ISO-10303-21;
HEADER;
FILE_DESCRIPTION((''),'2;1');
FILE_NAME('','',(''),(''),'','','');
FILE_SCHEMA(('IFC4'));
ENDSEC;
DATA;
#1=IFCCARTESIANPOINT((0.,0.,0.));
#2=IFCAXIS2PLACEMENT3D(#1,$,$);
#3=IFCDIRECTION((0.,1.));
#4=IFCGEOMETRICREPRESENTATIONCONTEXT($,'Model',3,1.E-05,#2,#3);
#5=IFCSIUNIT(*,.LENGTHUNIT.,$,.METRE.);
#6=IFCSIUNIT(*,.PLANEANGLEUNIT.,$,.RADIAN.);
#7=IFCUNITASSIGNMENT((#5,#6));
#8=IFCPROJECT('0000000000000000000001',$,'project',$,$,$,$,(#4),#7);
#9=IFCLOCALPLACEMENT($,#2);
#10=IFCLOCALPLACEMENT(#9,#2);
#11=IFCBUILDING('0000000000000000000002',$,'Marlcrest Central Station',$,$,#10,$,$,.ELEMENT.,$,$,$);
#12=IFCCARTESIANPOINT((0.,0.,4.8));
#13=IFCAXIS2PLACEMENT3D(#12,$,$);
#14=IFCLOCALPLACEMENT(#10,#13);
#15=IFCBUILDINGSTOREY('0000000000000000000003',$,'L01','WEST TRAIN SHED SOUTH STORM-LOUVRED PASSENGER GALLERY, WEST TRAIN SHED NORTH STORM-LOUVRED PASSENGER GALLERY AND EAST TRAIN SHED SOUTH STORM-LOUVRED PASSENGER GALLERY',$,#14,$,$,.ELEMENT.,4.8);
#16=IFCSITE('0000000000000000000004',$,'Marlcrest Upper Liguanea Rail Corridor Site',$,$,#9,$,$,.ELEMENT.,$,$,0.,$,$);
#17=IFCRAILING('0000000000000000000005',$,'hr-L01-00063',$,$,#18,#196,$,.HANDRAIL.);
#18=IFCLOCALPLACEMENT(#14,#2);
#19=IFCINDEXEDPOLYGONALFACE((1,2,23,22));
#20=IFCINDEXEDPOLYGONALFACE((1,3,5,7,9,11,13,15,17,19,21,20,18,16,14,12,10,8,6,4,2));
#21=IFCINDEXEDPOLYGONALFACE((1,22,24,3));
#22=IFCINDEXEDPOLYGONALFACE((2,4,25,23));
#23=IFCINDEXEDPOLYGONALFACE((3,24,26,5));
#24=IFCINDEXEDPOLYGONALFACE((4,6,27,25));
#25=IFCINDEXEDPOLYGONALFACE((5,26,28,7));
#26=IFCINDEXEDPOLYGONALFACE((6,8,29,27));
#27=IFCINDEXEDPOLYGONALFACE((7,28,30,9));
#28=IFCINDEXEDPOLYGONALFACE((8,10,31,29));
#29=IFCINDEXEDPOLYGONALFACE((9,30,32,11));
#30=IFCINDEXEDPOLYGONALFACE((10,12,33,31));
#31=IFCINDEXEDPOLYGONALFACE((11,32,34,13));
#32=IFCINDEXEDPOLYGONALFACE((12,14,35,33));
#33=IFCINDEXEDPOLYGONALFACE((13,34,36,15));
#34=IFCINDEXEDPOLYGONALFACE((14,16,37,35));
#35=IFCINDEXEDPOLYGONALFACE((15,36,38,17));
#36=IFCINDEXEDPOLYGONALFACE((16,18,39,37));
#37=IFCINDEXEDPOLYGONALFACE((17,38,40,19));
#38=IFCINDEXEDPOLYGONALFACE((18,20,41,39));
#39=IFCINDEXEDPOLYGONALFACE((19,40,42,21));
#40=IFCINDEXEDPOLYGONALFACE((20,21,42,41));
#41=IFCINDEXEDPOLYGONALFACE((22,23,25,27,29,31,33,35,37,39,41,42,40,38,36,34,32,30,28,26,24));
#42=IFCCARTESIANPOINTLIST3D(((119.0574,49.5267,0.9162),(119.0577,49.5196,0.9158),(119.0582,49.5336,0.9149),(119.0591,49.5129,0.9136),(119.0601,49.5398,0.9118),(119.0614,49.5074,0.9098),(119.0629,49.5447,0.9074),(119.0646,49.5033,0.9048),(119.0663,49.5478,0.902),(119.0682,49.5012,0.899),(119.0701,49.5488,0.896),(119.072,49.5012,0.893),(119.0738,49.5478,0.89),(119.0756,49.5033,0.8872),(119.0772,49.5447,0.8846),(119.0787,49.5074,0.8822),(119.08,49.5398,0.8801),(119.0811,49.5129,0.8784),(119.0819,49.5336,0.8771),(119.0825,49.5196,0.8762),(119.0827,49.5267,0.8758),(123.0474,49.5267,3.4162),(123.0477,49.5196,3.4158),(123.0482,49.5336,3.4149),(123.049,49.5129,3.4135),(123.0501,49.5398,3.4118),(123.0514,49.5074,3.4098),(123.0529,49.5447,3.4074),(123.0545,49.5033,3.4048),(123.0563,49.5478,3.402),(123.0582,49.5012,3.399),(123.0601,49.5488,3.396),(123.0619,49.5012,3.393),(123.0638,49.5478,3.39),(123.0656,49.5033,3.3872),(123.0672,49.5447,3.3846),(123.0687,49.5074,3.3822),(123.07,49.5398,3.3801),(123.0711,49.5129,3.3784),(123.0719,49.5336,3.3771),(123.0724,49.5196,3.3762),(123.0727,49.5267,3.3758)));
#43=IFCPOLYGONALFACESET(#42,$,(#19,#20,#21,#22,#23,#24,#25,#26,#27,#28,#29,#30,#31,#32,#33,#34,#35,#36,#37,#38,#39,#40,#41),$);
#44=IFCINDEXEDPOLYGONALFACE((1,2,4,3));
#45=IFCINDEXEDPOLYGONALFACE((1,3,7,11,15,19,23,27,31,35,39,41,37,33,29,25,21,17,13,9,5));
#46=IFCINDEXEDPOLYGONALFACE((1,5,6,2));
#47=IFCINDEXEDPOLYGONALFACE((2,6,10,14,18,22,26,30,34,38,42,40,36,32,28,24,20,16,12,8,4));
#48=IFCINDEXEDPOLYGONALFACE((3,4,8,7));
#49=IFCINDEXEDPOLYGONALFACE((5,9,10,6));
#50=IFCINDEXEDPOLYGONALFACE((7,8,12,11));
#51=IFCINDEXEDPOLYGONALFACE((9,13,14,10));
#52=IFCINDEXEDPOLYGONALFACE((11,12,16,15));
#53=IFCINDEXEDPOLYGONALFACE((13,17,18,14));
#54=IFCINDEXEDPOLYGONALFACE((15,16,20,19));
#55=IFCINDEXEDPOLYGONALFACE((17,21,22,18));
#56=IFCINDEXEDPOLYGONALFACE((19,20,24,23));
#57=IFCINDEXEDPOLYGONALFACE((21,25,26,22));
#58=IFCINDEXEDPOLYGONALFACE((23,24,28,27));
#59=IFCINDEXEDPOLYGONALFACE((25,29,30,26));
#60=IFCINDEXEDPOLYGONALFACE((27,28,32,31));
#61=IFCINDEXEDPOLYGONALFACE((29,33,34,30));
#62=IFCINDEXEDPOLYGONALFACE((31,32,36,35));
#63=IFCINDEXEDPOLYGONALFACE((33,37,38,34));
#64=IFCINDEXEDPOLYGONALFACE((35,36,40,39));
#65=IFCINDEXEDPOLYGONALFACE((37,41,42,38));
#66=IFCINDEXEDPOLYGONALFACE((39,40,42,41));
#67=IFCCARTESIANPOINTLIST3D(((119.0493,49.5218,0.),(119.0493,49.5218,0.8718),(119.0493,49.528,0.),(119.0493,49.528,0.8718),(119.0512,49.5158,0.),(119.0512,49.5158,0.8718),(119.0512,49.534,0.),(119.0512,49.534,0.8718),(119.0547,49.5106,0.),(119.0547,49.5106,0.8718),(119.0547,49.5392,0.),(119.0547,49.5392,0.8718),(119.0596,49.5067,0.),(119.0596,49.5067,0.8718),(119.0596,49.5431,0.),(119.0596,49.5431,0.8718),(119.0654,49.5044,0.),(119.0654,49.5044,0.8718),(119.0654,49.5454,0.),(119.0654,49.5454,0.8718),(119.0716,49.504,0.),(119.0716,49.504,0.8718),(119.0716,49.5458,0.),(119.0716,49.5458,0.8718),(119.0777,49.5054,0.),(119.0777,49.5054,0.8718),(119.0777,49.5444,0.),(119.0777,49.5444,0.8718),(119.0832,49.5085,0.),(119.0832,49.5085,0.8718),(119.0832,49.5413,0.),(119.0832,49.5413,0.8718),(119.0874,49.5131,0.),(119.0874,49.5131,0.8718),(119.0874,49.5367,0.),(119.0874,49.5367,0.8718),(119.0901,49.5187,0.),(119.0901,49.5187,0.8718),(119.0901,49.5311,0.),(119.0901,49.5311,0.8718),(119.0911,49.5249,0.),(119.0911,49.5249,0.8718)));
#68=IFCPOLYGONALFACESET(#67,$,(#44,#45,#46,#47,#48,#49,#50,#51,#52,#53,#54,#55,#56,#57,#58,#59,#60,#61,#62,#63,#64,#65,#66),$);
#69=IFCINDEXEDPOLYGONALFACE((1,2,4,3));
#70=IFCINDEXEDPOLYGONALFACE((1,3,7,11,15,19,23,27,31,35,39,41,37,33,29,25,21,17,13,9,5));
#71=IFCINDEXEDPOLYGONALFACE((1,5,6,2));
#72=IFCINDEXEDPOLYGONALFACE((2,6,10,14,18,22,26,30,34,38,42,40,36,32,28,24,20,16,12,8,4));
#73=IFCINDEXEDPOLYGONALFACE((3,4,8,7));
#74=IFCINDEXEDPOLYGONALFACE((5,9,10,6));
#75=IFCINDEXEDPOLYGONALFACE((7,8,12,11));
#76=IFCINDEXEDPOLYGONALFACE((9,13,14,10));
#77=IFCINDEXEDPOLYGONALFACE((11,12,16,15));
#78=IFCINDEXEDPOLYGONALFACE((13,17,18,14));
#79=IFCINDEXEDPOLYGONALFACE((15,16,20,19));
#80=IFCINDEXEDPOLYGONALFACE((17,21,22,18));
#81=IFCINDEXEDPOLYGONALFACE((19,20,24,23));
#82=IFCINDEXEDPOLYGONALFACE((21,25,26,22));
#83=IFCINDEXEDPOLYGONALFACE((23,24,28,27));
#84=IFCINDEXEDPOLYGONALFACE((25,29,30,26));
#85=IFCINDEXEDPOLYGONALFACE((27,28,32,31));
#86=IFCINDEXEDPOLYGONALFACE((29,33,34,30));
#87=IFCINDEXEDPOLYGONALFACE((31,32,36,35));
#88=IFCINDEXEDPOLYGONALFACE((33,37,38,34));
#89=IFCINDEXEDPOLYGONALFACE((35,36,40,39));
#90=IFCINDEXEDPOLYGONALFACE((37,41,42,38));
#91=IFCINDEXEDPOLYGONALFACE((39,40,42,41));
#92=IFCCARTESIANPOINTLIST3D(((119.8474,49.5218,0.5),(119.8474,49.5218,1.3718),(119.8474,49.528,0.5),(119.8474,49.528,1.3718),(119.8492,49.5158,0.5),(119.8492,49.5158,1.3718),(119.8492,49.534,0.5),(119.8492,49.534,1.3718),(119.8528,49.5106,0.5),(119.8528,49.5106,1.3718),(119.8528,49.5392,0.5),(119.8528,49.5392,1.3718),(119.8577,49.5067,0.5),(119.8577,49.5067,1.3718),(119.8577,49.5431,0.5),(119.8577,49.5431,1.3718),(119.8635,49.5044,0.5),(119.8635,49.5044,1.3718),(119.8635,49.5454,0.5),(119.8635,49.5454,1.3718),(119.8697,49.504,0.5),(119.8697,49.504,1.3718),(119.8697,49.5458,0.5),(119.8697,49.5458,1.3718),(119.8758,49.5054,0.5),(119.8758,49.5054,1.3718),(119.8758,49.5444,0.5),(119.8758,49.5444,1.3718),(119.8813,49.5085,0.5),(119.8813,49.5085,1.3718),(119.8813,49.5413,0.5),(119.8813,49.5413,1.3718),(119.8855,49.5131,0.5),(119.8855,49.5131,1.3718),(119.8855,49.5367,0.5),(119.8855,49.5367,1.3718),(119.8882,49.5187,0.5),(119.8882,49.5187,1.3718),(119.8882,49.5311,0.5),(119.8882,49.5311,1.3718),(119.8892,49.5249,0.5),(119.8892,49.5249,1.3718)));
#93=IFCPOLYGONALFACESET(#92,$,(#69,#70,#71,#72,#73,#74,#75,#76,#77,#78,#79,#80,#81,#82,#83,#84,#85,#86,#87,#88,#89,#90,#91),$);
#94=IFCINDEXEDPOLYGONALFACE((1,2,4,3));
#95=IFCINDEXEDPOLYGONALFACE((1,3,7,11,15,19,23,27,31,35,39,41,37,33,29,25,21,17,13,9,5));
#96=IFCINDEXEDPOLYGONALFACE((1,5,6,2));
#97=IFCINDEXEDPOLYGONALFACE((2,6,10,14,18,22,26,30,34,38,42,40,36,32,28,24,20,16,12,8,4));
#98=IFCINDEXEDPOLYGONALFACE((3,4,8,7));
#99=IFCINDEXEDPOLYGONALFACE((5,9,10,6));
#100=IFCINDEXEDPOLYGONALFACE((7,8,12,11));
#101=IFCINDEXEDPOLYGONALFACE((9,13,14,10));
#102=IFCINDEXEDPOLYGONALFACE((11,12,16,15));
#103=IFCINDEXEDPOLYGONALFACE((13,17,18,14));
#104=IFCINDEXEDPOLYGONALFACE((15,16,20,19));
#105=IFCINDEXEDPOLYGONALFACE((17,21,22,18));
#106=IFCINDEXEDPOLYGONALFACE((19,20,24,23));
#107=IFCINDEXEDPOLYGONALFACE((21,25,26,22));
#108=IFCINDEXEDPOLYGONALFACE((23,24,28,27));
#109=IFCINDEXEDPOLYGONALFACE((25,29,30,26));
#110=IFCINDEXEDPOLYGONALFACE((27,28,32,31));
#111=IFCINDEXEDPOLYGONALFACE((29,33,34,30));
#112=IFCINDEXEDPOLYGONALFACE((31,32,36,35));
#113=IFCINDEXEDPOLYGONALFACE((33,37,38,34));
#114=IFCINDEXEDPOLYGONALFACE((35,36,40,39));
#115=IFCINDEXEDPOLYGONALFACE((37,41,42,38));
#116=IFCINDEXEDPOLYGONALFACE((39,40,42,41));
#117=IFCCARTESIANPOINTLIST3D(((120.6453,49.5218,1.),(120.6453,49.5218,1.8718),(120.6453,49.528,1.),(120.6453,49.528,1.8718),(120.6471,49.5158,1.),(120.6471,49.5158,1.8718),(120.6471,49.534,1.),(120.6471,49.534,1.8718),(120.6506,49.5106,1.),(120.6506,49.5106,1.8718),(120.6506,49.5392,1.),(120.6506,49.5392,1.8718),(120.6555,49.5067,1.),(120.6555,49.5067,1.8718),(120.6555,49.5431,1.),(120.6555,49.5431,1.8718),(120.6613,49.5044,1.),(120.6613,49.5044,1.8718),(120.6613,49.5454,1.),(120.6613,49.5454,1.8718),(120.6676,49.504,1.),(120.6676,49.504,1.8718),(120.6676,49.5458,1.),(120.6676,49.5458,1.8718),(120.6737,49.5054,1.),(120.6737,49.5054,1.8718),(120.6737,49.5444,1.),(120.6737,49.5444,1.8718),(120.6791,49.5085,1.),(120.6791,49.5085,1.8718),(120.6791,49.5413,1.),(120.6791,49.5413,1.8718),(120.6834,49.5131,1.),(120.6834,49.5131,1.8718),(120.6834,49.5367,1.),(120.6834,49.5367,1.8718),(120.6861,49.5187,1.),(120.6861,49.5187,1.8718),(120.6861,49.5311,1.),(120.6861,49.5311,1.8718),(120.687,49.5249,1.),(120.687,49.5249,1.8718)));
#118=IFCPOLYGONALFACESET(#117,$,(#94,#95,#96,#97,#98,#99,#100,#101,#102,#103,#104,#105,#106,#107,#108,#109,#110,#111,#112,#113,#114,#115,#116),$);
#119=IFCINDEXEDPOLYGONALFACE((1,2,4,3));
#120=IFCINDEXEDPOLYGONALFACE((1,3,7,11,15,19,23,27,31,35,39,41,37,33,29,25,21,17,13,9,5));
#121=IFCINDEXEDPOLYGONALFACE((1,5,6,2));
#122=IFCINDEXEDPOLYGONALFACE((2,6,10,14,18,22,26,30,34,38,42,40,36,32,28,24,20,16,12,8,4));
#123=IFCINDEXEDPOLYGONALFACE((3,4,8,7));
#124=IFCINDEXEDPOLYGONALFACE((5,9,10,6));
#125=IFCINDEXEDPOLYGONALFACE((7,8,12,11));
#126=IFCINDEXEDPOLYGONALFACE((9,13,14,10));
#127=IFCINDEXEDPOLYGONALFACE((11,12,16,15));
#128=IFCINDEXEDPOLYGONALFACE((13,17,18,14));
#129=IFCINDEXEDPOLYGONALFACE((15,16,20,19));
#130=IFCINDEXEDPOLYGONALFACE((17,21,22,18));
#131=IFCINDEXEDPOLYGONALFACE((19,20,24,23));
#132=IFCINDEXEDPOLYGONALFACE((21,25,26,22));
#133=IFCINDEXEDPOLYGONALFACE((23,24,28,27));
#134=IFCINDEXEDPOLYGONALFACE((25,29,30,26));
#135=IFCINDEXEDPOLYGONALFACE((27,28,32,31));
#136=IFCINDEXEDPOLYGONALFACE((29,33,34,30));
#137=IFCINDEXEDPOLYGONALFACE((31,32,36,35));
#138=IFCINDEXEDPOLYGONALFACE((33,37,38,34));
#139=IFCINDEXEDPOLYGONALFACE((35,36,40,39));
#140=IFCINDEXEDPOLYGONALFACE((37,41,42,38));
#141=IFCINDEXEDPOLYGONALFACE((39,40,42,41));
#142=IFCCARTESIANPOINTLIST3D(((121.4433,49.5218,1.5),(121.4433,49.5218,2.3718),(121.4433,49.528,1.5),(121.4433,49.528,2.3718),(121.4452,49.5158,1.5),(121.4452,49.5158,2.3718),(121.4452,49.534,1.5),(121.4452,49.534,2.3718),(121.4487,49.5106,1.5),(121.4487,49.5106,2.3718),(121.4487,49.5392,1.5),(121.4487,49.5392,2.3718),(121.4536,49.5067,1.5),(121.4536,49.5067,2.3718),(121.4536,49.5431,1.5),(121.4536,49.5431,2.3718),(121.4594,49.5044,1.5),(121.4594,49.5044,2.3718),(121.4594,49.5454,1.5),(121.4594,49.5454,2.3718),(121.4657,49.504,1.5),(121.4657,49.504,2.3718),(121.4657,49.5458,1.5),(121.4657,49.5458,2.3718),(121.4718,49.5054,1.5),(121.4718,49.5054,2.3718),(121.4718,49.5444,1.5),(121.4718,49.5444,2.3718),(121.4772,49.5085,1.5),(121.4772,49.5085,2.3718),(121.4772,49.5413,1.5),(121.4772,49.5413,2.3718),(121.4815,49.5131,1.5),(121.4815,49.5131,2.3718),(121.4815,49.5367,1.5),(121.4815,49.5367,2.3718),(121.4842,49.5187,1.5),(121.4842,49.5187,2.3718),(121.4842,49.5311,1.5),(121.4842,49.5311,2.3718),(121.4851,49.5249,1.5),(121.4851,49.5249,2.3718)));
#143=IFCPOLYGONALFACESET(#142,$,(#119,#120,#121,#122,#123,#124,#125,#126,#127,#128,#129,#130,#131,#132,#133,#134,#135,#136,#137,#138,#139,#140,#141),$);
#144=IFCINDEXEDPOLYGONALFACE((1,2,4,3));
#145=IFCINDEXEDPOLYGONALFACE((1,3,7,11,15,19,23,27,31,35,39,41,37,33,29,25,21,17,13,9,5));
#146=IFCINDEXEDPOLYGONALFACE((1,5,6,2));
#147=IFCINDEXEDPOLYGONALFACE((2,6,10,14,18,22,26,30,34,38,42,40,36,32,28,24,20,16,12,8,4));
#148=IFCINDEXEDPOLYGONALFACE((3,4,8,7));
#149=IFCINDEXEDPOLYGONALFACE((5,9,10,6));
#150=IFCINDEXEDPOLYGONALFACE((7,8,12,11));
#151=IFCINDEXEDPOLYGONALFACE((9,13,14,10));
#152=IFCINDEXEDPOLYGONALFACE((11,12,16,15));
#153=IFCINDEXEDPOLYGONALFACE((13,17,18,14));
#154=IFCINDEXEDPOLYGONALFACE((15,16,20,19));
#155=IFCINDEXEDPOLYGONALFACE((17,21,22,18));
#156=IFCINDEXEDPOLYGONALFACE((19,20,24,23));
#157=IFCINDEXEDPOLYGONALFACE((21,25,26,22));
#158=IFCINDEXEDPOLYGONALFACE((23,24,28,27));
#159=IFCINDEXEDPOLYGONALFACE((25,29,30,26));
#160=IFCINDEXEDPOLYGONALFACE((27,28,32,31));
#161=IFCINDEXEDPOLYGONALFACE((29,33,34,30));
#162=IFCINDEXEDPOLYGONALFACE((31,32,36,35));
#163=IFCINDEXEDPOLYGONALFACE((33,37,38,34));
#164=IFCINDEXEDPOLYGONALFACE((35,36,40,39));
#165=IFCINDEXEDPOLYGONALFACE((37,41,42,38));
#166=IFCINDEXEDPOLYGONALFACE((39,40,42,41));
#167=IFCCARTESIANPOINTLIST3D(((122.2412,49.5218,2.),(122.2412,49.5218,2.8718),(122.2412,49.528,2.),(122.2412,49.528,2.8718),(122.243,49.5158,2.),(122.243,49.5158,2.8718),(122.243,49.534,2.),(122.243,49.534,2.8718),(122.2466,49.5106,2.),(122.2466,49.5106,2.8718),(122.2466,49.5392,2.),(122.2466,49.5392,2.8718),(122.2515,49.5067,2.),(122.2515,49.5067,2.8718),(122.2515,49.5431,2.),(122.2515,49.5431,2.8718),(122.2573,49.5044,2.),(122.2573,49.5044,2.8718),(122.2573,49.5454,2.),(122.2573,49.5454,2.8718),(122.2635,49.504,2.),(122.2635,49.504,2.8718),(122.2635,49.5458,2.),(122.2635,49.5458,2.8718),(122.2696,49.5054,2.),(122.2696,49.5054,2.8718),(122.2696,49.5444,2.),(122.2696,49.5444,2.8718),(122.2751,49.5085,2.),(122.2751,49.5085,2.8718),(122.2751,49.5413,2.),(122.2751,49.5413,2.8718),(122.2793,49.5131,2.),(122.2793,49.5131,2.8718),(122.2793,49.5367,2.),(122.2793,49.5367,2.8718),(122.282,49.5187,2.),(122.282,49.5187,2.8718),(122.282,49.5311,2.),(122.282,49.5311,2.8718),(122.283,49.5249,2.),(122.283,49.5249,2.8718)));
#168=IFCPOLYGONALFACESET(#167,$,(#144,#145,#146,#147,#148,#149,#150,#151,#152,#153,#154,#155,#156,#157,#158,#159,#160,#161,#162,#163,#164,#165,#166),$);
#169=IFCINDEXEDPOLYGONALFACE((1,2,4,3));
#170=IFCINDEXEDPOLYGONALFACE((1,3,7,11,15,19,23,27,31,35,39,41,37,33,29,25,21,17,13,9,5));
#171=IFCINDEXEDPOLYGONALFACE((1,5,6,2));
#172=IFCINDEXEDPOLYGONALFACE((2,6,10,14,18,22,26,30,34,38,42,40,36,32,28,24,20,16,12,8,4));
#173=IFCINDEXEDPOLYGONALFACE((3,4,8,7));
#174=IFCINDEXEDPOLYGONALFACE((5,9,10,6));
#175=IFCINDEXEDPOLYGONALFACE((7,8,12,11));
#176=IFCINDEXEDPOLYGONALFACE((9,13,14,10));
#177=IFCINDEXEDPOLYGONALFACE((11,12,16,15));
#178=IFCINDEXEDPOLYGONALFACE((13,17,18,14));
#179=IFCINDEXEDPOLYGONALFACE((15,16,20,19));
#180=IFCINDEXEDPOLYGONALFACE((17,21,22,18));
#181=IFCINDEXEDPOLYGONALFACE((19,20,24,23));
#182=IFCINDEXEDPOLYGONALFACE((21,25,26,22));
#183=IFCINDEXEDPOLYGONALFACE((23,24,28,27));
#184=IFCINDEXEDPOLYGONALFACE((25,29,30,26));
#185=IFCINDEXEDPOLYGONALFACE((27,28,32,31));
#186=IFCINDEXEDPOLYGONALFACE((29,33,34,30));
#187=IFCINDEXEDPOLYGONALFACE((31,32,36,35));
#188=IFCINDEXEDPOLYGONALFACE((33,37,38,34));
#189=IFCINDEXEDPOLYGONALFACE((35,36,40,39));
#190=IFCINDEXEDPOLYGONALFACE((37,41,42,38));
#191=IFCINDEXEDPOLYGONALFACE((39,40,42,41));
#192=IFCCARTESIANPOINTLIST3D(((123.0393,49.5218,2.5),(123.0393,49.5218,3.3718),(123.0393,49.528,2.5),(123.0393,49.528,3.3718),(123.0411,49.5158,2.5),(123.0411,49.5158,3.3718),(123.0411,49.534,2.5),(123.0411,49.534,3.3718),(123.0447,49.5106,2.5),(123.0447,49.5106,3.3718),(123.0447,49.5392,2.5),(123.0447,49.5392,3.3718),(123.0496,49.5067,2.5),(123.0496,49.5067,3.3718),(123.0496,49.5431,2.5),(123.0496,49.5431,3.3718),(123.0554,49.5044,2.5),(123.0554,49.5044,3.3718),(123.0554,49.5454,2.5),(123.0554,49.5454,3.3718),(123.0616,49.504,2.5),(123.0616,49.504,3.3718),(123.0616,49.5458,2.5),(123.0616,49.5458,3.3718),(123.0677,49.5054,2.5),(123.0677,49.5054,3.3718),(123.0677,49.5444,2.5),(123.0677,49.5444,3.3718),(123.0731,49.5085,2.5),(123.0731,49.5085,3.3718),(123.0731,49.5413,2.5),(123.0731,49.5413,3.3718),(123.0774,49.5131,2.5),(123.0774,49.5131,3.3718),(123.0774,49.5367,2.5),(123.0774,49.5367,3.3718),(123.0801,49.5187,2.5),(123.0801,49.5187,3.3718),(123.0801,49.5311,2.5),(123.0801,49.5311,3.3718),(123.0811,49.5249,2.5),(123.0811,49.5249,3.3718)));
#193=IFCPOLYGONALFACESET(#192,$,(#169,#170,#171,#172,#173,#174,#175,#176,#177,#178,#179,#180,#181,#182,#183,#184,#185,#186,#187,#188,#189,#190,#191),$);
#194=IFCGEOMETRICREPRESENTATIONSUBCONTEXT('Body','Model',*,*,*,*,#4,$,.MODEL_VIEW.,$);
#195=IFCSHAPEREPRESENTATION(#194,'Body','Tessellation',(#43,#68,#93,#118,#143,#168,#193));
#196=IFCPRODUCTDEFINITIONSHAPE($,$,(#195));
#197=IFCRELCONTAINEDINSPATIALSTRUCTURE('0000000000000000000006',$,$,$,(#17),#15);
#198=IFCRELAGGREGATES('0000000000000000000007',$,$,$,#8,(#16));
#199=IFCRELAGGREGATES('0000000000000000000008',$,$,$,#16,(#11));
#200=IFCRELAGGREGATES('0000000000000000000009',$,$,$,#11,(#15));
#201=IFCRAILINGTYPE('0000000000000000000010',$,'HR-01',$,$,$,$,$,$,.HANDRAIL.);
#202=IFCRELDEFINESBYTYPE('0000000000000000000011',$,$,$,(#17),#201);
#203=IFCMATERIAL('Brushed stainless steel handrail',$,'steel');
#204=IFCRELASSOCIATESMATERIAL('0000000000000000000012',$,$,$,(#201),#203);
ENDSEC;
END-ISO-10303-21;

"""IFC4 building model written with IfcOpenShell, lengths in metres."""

from ifc_helpers import new_model, si_unit, direction, frame, origin, origin_2d, place, context, subcontext, project, spatial, circle, extrude, material, type_object, element, save


model = new_model("IFC4")

# Units and contexts
model_context = context("Model", 3, precision=1e-05, world=origin(), true_north=direction((0.0, 1.0)))
body_context = subcontext(model_context, "Body", "Model", "MODEL_VIEW")
ifc_project = project(units=[si_unit("LENGTHUNIT", "METRE"), si_unit("PLANEANGLEUNIT", "RADIAN")], contexts=[model_context])

# Site, building, storey
site_placement = place(None, origin())
site = spatial("IfcSite", under=ifc_project, at=site_placement, Name="Marlcrest Upper Liguanea Rail Corridor Site", CompositionType="ELEMENT", RefElevation=0.0)
building_placement = place(site_placement, origin())
building = spatial("IfcBuilding", under=site, at=building_placement, Name="Marlcrest Central Station", CompositionType="ELEMENT")
storey_placement = place(building_placement, frame((0.0, 0.0, 4.8)))
storey = spatial("IfcBuildingStorey", under=building, at=storey_placement, Name="L01", Description="WEST TRAIN SHED SOUTH STORM-LOUVRED PASSENGER GALLERY, WEST TRAIN SHED NORTH STORM-LOUVRED PASSENGER GALLERY AND EAST TRAIN SHED SOUTH STORM-LOUVRED PASSENGER GALLERY", CompositionType="ELEMENT", Elevation=4.8)

# Railing
ifc_material_1 = material(Name="Brushed stainless steel handrail", Category="steel")
railing_type_1 = type_object("IfcRailingType", Name="HR-01", PredefinedType="HANDRAIL", material=ifc_material_1)
for number, where, name in (
    (1, (119.0701, 49.5249, 0.0), "hr-L01-00063"),
):
    element("IfcRailing", number, at=place(storey_placement, frame(where)), inside=storey, type_object=railing_type_1, Name=name, PredefinedType="HANDRAIL", context=body_context, shape_type="SweptSolid", body=[
        extrude(circle(Radius=0.0239, at=origin_2d()), frame((0.0, 0.0, 0.896), z_axis=(0.847401, 0.0, 0.530954), x_axis=(0.0, 1.0, 0.0)), (0.0, 0.0, 1.0), 4.7085),
        extrude(circle(Radius=0.021, at=origin_2d()), origin(), (0.0, 0.0, 1.0), 0.8718),
        extrude(circle(Radius=0.021, at=origin_2d()), frame((0.7981, 0.0, 0.5)), (0.0, 0.0, 1.0), 0.8718),
        extrude(circle(Radius=0.021, at=origin_2d()), frame((1.5959, 0.0, 1.0)), (0.0, 0.0, 1.0), 0.8718),
        extrude(circle(Radius=0.021, at=origin_2d()), frame((2.394, 0.0, 1.5)), (0.0, 0.0, 1.0), 0.8718),
        extrude(circle(Radius=0.021, at=origin_2d()), frame((3.1919, 0.0, 2.0)), (0.0, 0.0, 1.0), 0.8718),
        extrude(circle(Radius=0.021, at=origin_2d()), frame((3.99, 0.0, 2.5)), (0.0, 0.0, 1.0), 0.8718),
    ])

save(model, "model.ifc")
